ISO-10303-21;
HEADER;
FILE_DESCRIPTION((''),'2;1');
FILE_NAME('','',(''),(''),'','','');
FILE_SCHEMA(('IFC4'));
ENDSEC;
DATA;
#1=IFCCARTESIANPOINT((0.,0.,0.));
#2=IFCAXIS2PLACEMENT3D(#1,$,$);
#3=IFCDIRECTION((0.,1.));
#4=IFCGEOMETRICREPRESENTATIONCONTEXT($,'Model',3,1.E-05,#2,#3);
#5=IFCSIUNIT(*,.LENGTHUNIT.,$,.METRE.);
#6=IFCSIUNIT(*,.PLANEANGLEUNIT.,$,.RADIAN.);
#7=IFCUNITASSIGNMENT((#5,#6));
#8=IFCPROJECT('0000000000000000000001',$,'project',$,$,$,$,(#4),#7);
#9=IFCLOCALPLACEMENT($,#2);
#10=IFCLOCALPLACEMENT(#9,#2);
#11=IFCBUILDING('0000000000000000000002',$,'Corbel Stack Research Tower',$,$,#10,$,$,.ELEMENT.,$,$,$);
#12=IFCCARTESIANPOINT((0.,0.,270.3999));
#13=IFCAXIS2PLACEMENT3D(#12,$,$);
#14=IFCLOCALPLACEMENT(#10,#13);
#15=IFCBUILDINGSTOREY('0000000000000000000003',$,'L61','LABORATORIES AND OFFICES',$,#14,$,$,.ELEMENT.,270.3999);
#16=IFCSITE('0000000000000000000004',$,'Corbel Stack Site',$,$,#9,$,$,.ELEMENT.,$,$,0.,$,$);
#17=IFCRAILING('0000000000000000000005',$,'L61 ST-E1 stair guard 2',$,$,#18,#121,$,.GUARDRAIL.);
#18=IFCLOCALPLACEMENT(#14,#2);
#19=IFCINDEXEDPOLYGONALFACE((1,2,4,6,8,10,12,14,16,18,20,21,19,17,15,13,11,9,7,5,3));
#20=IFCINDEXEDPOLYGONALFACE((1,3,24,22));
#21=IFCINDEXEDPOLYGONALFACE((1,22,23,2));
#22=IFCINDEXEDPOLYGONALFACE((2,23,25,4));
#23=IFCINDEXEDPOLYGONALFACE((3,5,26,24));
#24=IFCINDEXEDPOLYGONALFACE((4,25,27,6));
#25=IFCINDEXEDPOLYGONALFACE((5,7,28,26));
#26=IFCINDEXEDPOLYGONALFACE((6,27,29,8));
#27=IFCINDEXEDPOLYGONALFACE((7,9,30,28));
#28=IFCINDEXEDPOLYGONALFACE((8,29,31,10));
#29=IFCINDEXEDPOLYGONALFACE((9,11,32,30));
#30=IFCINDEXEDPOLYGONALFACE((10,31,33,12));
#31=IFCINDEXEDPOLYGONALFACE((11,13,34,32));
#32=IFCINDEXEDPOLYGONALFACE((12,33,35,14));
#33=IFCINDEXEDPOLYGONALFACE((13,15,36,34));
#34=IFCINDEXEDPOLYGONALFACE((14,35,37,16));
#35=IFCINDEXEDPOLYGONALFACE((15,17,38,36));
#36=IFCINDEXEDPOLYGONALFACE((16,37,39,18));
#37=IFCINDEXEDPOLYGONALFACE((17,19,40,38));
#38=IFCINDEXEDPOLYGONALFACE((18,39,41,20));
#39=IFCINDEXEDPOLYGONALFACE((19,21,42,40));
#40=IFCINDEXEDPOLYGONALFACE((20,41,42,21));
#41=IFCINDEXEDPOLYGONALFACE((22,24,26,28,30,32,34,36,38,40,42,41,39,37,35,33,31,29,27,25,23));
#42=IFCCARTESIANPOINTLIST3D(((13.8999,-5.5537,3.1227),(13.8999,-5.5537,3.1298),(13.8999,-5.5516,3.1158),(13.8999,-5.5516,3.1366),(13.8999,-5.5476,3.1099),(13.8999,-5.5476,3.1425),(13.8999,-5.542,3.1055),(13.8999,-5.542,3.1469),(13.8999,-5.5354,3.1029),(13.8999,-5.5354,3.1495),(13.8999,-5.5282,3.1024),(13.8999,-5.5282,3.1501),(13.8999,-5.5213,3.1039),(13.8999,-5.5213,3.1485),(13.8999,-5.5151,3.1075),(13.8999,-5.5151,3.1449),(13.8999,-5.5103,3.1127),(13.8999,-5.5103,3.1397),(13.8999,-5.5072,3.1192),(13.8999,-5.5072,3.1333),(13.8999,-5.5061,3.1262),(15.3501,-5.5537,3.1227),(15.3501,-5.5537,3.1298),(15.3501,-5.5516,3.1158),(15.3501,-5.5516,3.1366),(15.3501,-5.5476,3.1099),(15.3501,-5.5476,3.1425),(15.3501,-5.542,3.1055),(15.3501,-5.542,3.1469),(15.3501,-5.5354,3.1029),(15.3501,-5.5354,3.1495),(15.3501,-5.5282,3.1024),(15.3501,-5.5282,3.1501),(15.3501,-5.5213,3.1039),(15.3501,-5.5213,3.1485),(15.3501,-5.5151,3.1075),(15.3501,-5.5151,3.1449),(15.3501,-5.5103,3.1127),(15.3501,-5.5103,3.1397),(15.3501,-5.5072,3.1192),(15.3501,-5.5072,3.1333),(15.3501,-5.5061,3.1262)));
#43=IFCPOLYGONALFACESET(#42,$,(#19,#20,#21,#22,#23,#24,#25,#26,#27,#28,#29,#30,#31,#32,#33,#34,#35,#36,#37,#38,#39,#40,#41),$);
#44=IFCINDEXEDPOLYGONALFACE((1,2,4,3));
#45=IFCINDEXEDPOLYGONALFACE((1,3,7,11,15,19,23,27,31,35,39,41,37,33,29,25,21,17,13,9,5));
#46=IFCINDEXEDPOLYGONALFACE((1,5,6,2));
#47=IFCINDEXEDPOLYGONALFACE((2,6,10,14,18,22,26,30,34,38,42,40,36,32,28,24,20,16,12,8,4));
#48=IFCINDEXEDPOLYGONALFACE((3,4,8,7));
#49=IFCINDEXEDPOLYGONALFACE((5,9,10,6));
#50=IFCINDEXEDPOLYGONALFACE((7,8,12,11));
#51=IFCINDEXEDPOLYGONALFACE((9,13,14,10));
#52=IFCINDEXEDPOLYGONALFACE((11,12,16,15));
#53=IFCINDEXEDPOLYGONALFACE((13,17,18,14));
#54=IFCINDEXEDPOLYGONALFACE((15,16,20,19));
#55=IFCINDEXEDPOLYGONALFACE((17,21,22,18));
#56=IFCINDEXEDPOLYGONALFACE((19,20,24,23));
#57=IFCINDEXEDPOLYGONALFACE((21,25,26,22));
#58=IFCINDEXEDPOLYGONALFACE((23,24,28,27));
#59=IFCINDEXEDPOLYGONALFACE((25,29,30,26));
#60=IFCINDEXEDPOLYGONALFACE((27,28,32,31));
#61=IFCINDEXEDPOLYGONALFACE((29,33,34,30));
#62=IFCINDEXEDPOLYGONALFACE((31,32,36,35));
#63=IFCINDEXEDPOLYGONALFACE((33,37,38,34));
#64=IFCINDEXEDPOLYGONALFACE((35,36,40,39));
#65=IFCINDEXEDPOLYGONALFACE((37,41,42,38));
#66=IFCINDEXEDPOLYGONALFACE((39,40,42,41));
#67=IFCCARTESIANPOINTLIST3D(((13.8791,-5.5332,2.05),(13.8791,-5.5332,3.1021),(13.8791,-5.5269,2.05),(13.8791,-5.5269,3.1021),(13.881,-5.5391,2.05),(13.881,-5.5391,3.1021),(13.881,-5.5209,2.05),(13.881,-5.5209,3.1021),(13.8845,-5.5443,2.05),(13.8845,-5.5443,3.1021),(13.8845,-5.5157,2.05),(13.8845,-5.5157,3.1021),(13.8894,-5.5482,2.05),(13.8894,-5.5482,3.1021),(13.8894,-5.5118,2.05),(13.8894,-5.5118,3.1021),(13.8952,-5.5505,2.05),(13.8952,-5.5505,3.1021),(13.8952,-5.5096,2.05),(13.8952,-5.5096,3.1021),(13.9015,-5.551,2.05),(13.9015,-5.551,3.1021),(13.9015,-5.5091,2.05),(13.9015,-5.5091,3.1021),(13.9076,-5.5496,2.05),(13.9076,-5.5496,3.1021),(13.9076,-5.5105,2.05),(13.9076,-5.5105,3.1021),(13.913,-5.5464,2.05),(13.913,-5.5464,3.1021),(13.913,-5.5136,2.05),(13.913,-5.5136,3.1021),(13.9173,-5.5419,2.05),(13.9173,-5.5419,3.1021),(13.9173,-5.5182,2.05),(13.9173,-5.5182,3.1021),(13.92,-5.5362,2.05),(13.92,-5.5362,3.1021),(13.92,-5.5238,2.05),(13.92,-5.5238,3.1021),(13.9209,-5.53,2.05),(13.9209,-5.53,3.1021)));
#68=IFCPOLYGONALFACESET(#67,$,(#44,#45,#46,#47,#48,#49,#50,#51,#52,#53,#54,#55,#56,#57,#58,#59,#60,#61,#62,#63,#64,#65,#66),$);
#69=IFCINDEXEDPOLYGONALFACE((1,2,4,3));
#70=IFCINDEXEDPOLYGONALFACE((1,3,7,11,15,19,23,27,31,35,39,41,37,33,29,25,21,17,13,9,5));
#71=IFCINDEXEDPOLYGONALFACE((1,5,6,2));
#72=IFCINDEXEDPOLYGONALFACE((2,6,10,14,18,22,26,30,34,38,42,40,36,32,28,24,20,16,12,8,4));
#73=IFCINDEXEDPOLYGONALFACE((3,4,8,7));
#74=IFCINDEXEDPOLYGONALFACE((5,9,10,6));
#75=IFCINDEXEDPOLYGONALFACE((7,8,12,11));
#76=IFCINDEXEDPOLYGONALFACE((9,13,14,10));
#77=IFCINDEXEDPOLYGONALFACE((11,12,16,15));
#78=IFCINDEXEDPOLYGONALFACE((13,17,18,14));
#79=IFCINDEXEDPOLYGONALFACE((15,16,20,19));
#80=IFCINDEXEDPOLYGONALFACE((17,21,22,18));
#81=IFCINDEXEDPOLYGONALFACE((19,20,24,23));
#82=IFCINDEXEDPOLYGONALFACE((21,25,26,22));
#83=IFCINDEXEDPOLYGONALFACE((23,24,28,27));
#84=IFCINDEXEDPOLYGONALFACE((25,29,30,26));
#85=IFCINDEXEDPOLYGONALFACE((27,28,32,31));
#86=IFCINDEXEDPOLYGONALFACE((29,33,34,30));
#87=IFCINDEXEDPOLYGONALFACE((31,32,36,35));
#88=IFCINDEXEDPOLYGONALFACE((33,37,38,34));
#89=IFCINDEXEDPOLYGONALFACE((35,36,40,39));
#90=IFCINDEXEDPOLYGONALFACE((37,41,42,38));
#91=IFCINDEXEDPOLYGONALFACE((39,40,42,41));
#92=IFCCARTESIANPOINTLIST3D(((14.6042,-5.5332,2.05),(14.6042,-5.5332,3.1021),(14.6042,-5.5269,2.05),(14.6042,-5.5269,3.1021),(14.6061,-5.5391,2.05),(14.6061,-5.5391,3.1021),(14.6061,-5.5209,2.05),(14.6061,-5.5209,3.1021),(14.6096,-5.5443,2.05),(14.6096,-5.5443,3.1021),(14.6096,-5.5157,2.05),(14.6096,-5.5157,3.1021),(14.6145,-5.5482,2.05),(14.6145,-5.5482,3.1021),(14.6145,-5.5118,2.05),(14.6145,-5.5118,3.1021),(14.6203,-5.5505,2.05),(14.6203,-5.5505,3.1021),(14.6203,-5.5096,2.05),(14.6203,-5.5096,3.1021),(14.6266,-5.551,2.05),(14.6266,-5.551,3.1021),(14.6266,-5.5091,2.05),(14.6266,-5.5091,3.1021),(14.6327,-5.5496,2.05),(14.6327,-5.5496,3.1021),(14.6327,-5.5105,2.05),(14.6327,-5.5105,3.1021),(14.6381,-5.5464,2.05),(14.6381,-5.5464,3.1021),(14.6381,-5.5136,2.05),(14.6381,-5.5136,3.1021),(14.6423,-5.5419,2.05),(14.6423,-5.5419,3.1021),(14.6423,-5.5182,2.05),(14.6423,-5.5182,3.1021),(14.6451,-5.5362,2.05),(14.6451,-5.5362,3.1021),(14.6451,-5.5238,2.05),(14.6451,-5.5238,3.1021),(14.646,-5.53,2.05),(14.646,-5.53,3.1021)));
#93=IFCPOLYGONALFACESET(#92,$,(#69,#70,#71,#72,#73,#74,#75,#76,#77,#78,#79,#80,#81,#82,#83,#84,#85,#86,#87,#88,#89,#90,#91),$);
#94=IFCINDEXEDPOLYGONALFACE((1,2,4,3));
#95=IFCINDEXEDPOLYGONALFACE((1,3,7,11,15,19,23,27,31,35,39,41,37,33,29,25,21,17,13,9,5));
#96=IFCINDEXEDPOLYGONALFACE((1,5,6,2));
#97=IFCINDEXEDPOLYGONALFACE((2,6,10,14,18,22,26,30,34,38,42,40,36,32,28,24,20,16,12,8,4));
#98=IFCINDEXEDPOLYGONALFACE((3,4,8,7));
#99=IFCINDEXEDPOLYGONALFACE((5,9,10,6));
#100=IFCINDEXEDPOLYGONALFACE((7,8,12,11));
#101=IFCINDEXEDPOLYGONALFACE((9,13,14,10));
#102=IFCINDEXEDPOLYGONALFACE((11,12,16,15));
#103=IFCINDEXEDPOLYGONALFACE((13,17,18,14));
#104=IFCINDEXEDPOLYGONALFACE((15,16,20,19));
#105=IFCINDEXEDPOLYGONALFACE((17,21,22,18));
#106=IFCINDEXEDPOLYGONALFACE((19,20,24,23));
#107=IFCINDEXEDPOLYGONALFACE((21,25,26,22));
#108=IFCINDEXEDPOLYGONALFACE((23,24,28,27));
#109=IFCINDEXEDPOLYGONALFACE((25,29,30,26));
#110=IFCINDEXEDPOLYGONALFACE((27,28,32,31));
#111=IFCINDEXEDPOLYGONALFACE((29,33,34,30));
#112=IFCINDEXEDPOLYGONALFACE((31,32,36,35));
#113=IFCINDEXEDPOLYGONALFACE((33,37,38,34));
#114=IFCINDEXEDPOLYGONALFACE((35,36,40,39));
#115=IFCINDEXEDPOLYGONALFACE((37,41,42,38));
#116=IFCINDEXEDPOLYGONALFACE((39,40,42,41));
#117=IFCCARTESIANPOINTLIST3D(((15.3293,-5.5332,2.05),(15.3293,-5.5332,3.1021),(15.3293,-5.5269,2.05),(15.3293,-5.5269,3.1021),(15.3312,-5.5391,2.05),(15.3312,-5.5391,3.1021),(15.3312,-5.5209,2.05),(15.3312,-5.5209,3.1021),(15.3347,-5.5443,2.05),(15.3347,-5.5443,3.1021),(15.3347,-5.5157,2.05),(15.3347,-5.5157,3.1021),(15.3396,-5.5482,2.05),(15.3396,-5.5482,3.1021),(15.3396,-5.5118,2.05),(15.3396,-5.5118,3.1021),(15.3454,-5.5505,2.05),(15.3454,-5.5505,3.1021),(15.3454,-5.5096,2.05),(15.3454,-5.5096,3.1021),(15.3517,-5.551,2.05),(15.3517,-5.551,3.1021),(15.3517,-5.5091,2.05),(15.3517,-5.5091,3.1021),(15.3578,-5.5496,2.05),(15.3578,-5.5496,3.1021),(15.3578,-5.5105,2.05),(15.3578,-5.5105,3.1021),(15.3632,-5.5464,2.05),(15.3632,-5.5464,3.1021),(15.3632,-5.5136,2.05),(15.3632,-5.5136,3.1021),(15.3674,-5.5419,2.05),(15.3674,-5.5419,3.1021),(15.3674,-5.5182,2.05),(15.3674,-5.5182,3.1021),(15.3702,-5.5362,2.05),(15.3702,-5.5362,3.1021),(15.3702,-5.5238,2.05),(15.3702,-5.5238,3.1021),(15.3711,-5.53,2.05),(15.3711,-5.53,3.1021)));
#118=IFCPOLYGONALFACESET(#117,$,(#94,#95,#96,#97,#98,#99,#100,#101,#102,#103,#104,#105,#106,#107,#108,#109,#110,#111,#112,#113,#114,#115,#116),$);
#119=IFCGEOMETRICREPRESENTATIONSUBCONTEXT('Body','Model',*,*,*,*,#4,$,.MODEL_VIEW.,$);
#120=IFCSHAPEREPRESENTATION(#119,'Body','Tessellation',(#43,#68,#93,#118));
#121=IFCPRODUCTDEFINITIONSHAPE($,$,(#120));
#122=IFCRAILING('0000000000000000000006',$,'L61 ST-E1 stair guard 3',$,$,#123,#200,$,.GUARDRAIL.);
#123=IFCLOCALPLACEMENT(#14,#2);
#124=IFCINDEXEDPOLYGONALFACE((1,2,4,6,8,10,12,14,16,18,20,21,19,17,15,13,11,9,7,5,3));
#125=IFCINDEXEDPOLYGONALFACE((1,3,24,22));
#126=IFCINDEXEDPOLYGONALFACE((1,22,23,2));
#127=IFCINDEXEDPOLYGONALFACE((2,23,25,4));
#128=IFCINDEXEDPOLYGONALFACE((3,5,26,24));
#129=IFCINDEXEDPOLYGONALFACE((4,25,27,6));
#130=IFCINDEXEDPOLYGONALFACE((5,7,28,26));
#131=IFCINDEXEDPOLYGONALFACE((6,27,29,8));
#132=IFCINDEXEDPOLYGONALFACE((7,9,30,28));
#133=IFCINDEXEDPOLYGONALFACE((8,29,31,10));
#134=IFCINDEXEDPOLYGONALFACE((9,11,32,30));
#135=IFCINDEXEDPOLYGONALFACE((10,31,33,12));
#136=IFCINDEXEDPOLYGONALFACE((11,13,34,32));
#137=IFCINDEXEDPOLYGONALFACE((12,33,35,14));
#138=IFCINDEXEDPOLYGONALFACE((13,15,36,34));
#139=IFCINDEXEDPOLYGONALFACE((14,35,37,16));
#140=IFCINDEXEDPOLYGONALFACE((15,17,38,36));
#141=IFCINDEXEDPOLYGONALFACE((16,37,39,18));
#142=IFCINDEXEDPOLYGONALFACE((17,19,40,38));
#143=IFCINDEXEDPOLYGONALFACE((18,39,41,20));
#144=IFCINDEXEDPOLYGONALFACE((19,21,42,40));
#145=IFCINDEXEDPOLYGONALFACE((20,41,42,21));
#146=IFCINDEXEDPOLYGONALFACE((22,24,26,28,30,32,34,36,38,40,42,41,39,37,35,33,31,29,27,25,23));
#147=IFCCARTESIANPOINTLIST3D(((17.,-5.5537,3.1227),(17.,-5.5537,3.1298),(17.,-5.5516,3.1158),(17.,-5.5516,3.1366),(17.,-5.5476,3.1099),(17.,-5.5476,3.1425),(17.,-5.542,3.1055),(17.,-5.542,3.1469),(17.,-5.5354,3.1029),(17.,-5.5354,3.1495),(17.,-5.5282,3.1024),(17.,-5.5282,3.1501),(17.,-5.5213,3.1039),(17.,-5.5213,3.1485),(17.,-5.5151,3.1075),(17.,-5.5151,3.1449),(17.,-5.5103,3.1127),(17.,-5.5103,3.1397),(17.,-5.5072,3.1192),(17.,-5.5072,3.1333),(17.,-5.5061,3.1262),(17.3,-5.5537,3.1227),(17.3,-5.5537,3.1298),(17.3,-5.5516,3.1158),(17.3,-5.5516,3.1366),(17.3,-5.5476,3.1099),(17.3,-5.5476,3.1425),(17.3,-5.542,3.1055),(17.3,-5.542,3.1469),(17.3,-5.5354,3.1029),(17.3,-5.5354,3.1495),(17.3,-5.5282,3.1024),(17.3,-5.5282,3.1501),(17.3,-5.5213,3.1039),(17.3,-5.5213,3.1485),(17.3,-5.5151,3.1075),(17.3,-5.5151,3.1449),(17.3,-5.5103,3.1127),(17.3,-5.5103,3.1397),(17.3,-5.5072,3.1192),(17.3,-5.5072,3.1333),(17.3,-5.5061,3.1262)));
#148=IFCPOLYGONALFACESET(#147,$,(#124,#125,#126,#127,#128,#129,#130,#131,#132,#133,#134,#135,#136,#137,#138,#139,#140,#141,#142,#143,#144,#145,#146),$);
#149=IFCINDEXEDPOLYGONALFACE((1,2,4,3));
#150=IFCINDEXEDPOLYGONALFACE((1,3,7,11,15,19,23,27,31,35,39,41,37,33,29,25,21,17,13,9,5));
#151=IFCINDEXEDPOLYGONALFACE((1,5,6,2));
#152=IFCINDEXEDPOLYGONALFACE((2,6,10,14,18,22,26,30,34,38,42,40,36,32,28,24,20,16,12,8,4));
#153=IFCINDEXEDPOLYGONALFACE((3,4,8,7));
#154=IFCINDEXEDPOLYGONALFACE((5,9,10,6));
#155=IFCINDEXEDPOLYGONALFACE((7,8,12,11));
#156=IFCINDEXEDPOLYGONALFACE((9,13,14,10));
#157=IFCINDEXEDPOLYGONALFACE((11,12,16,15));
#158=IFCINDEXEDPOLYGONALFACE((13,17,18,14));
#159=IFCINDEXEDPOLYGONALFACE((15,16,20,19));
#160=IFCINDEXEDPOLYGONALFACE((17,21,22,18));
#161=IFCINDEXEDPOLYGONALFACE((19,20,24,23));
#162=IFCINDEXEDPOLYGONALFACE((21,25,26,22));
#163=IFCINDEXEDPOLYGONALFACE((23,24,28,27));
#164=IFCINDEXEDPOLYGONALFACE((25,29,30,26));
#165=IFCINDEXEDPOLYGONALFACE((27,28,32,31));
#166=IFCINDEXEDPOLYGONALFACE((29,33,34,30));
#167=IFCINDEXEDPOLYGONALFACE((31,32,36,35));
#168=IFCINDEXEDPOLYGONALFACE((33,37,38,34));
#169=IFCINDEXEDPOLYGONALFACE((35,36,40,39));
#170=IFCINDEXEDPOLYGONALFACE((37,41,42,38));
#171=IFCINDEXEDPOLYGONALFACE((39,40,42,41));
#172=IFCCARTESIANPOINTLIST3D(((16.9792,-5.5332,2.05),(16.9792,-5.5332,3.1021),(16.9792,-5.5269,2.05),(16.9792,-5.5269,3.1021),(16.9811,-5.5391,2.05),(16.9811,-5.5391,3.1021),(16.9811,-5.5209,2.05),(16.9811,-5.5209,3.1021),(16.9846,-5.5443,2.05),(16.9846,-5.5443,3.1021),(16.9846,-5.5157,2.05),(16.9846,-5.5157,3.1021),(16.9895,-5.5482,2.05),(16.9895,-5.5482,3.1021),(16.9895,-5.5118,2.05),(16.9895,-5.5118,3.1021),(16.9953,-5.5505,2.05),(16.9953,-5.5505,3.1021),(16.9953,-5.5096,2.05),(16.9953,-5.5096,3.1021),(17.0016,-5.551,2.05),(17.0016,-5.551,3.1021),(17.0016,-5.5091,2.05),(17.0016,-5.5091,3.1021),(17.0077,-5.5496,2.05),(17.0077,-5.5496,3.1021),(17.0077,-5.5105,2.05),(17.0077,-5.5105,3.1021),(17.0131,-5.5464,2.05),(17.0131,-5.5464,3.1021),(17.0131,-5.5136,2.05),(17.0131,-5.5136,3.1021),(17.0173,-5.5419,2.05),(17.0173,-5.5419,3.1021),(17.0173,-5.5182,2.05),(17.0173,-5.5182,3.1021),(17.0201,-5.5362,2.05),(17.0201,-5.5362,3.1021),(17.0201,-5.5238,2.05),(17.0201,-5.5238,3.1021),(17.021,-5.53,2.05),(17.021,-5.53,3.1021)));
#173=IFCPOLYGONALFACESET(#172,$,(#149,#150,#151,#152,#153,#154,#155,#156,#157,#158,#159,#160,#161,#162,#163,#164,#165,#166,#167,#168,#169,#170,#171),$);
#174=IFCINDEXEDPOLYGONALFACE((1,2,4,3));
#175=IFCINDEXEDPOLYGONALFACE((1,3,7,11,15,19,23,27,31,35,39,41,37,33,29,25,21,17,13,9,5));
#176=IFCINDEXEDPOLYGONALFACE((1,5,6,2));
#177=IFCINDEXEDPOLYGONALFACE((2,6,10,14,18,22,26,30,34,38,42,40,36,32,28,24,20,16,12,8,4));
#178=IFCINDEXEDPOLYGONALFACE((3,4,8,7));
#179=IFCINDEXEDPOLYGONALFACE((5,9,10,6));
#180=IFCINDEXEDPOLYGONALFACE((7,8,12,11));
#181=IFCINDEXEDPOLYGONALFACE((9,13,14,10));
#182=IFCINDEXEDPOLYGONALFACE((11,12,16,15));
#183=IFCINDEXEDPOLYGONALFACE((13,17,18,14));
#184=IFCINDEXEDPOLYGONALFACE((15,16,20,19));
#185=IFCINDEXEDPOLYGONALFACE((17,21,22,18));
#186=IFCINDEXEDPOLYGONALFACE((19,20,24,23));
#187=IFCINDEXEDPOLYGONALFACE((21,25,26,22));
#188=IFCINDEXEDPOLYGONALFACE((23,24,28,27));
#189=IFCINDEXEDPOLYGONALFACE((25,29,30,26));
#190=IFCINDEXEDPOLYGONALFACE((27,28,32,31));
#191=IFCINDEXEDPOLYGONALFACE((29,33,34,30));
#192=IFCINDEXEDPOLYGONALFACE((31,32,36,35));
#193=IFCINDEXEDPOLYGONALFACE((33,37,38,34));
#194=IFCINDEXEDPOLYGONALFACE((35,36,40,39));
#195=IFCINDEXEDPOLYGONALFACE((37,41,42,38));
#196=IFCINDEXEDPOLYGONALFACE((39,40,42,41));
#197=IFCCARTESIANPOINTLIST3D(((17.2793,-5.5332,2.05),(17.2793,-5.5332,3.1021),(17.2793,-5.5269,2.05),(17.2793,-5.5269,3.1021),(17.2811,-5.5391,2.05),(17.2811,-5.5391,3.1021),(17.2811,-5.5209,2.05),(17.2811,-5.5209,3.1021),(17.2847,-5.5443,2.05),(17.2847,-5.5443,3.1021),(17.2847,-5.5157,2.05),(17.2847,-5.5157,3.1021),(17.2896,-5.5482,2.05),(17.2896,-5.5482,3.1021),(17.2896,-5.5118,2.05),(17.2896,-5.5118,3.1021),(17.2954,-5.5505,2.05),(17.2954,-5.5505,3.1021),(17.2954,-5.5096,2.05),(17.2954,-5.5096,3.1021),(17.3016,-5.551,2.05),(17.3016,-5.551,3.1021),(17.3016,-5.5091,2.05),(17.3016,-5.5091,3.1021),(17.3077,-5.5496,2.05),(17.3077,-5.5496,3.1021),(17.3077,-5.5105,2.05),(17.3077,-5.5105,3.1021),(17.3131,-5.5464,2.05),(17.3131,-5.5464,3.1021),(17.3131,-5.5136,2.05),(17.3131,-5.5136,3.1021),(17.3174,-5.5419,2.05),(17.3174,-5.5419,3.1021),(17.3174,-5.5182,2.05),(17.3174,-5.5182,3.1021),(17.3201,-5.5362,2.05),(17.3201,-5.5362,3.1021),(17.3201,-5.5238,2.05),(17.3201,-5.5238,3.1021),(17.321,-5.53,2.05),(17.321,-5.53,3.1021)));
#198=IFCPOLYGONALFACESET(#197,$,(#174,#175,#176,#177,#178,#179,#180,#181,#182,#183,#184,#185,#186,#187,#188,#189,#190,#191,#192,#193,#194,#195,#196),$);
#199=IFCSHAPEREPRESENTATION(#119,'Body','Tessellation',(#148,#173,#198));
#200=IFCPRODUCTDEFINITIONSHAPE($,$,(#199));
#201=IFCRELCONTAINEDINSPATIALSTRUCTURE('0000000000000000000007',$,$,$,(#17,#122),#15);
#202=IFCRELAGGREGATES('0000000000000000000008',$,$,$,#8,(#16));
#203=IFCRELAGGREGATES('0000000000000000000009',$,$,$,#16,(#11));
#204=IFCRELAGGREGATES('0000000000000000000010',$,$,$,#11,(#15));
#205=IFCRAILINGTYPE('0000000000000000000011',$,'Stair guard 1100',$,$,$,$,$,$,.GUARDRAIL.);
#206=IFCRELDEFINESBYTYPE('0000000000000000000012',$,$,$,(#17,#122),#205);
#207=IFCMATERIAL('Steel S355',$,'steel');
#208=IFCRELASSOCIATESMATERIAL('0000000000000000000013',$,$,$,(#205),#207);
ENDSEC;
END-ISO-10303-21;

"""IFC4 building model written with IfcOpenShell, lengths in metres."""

from ifc_helpers import new_model, si_unit, direction, frame, origin, origin_2d, place, context, subcontext, project, spatial, circle, extrude, material, type_object, element, save


model = new_model("IFC4")

# Units and contexts
model_context = context("Model", 3, precision=1e-05, world=origin(), true_north=direction((0.0, 1.0)))
body_context = subcontext(model_context, "Body", "Model", "MODEL_VIEW")
ifc_project = project(units=[si_unit("LENGTHUNIT", "METRE"), si_unit("PLANEANGLEUNIT", "RADIAN")], contexts=[model_context])

# Site, building, storey
site_placement = place(None, origin())
site = spatial("IfcSite", under=ifc_project, at=site_placement, Name="Corbel Stack Site", CompositionType="ELEMENT", RefElevation=0.0)
building_placement = place(site_placement, origin())
building = spatial("IfcBuilding", under=site, at=building_placement, Name="Corbel Stack Research Tower", CompositionType="ELEMENT")
storey_placement = place(building_placement, frame((0.0, 0.0, 270.3999)))
storey = spatial("IfcBuildingStorey", under=building, at=storey_placement, Name="L61", Description="LABORATORIES AND OFFICES", CompositionType="ELEMENT", Elevation=270.3999)

# Railings
ifc_material_1 = material(Name="Steel S355", Category="steel")
railing_type_1 = type_object("IfcRailingType", Name="Stair guard 1100", PredefinedType="GUARDRAIL", material=ifc_material_1)
railing_1_placement = place(storey_placement, frame((13.8999, -5.53, 2.05)))
element("IfcRailing", 1, at=railing_1_placement, inside=storey, type_object=railing_type_1, Name="L61 ST-E1 stair guard 2", PredefinedType="GUARDRAIL", context=body_context, shape_type="SweptSolid", body=[
    extrude(circle(Radius=0.0239, at=origin_2d()), frame((0.0, 0.0, 1.0762), z_axis=(1.0, 0.0, 0.0), x_axis=(0.0, 1.0, 0.0)), (0.0, 0.0, 1.0), 1.4502),
    extrude(circle(Radius=0.021, at=origin_2d()), origin(), (0.0, 0.0, 1.0), 1.052),
    extrude(circle(Radius=0.021, at=origin_2d()), frame((0.7251, 0.0, 0.0)), (0.0, 0.0, 1.0), 1.052),
    extrude(circle(Radius=0.021, at=origin_2d()), frame((1.4502, 0.0, 0.0)), (0.0, 0.0, 1.0), 1.052),
])
railing_2_placement = place(storey_placement, frame((17.0, -5.53, 2.05)))
element("IfcRailing", 2, at=railing_2_placement, inside=storey, type_object=railing_type_1, Name="L61 ST-E1 stair guard 3", PredefinedType="GUARDRAIL", context=body_context, shape_type="SweptSolid", body=[
    extrude(circle(Radius=0.0239, at=origin_2d()), frame((0.0, 0.0, 1.0762), z_axis=(1.0, 0.0, 0.0), x_axis=(0.0, 1.0, 0.0)), (0.0, 0.0, 1.0), 0.3),
    extrude(circle(Radius=0.021, at=origin_2d()), origin(), (0.0, 0.0, 1.0), 1.052),
    extrude(circle(Radius=0.021, at=origin_2d()), frame((0.3, 0.0, 0.0)), (0.0, 0.0, 1.0), 1.052),
])

save(model, "model.ifc")
